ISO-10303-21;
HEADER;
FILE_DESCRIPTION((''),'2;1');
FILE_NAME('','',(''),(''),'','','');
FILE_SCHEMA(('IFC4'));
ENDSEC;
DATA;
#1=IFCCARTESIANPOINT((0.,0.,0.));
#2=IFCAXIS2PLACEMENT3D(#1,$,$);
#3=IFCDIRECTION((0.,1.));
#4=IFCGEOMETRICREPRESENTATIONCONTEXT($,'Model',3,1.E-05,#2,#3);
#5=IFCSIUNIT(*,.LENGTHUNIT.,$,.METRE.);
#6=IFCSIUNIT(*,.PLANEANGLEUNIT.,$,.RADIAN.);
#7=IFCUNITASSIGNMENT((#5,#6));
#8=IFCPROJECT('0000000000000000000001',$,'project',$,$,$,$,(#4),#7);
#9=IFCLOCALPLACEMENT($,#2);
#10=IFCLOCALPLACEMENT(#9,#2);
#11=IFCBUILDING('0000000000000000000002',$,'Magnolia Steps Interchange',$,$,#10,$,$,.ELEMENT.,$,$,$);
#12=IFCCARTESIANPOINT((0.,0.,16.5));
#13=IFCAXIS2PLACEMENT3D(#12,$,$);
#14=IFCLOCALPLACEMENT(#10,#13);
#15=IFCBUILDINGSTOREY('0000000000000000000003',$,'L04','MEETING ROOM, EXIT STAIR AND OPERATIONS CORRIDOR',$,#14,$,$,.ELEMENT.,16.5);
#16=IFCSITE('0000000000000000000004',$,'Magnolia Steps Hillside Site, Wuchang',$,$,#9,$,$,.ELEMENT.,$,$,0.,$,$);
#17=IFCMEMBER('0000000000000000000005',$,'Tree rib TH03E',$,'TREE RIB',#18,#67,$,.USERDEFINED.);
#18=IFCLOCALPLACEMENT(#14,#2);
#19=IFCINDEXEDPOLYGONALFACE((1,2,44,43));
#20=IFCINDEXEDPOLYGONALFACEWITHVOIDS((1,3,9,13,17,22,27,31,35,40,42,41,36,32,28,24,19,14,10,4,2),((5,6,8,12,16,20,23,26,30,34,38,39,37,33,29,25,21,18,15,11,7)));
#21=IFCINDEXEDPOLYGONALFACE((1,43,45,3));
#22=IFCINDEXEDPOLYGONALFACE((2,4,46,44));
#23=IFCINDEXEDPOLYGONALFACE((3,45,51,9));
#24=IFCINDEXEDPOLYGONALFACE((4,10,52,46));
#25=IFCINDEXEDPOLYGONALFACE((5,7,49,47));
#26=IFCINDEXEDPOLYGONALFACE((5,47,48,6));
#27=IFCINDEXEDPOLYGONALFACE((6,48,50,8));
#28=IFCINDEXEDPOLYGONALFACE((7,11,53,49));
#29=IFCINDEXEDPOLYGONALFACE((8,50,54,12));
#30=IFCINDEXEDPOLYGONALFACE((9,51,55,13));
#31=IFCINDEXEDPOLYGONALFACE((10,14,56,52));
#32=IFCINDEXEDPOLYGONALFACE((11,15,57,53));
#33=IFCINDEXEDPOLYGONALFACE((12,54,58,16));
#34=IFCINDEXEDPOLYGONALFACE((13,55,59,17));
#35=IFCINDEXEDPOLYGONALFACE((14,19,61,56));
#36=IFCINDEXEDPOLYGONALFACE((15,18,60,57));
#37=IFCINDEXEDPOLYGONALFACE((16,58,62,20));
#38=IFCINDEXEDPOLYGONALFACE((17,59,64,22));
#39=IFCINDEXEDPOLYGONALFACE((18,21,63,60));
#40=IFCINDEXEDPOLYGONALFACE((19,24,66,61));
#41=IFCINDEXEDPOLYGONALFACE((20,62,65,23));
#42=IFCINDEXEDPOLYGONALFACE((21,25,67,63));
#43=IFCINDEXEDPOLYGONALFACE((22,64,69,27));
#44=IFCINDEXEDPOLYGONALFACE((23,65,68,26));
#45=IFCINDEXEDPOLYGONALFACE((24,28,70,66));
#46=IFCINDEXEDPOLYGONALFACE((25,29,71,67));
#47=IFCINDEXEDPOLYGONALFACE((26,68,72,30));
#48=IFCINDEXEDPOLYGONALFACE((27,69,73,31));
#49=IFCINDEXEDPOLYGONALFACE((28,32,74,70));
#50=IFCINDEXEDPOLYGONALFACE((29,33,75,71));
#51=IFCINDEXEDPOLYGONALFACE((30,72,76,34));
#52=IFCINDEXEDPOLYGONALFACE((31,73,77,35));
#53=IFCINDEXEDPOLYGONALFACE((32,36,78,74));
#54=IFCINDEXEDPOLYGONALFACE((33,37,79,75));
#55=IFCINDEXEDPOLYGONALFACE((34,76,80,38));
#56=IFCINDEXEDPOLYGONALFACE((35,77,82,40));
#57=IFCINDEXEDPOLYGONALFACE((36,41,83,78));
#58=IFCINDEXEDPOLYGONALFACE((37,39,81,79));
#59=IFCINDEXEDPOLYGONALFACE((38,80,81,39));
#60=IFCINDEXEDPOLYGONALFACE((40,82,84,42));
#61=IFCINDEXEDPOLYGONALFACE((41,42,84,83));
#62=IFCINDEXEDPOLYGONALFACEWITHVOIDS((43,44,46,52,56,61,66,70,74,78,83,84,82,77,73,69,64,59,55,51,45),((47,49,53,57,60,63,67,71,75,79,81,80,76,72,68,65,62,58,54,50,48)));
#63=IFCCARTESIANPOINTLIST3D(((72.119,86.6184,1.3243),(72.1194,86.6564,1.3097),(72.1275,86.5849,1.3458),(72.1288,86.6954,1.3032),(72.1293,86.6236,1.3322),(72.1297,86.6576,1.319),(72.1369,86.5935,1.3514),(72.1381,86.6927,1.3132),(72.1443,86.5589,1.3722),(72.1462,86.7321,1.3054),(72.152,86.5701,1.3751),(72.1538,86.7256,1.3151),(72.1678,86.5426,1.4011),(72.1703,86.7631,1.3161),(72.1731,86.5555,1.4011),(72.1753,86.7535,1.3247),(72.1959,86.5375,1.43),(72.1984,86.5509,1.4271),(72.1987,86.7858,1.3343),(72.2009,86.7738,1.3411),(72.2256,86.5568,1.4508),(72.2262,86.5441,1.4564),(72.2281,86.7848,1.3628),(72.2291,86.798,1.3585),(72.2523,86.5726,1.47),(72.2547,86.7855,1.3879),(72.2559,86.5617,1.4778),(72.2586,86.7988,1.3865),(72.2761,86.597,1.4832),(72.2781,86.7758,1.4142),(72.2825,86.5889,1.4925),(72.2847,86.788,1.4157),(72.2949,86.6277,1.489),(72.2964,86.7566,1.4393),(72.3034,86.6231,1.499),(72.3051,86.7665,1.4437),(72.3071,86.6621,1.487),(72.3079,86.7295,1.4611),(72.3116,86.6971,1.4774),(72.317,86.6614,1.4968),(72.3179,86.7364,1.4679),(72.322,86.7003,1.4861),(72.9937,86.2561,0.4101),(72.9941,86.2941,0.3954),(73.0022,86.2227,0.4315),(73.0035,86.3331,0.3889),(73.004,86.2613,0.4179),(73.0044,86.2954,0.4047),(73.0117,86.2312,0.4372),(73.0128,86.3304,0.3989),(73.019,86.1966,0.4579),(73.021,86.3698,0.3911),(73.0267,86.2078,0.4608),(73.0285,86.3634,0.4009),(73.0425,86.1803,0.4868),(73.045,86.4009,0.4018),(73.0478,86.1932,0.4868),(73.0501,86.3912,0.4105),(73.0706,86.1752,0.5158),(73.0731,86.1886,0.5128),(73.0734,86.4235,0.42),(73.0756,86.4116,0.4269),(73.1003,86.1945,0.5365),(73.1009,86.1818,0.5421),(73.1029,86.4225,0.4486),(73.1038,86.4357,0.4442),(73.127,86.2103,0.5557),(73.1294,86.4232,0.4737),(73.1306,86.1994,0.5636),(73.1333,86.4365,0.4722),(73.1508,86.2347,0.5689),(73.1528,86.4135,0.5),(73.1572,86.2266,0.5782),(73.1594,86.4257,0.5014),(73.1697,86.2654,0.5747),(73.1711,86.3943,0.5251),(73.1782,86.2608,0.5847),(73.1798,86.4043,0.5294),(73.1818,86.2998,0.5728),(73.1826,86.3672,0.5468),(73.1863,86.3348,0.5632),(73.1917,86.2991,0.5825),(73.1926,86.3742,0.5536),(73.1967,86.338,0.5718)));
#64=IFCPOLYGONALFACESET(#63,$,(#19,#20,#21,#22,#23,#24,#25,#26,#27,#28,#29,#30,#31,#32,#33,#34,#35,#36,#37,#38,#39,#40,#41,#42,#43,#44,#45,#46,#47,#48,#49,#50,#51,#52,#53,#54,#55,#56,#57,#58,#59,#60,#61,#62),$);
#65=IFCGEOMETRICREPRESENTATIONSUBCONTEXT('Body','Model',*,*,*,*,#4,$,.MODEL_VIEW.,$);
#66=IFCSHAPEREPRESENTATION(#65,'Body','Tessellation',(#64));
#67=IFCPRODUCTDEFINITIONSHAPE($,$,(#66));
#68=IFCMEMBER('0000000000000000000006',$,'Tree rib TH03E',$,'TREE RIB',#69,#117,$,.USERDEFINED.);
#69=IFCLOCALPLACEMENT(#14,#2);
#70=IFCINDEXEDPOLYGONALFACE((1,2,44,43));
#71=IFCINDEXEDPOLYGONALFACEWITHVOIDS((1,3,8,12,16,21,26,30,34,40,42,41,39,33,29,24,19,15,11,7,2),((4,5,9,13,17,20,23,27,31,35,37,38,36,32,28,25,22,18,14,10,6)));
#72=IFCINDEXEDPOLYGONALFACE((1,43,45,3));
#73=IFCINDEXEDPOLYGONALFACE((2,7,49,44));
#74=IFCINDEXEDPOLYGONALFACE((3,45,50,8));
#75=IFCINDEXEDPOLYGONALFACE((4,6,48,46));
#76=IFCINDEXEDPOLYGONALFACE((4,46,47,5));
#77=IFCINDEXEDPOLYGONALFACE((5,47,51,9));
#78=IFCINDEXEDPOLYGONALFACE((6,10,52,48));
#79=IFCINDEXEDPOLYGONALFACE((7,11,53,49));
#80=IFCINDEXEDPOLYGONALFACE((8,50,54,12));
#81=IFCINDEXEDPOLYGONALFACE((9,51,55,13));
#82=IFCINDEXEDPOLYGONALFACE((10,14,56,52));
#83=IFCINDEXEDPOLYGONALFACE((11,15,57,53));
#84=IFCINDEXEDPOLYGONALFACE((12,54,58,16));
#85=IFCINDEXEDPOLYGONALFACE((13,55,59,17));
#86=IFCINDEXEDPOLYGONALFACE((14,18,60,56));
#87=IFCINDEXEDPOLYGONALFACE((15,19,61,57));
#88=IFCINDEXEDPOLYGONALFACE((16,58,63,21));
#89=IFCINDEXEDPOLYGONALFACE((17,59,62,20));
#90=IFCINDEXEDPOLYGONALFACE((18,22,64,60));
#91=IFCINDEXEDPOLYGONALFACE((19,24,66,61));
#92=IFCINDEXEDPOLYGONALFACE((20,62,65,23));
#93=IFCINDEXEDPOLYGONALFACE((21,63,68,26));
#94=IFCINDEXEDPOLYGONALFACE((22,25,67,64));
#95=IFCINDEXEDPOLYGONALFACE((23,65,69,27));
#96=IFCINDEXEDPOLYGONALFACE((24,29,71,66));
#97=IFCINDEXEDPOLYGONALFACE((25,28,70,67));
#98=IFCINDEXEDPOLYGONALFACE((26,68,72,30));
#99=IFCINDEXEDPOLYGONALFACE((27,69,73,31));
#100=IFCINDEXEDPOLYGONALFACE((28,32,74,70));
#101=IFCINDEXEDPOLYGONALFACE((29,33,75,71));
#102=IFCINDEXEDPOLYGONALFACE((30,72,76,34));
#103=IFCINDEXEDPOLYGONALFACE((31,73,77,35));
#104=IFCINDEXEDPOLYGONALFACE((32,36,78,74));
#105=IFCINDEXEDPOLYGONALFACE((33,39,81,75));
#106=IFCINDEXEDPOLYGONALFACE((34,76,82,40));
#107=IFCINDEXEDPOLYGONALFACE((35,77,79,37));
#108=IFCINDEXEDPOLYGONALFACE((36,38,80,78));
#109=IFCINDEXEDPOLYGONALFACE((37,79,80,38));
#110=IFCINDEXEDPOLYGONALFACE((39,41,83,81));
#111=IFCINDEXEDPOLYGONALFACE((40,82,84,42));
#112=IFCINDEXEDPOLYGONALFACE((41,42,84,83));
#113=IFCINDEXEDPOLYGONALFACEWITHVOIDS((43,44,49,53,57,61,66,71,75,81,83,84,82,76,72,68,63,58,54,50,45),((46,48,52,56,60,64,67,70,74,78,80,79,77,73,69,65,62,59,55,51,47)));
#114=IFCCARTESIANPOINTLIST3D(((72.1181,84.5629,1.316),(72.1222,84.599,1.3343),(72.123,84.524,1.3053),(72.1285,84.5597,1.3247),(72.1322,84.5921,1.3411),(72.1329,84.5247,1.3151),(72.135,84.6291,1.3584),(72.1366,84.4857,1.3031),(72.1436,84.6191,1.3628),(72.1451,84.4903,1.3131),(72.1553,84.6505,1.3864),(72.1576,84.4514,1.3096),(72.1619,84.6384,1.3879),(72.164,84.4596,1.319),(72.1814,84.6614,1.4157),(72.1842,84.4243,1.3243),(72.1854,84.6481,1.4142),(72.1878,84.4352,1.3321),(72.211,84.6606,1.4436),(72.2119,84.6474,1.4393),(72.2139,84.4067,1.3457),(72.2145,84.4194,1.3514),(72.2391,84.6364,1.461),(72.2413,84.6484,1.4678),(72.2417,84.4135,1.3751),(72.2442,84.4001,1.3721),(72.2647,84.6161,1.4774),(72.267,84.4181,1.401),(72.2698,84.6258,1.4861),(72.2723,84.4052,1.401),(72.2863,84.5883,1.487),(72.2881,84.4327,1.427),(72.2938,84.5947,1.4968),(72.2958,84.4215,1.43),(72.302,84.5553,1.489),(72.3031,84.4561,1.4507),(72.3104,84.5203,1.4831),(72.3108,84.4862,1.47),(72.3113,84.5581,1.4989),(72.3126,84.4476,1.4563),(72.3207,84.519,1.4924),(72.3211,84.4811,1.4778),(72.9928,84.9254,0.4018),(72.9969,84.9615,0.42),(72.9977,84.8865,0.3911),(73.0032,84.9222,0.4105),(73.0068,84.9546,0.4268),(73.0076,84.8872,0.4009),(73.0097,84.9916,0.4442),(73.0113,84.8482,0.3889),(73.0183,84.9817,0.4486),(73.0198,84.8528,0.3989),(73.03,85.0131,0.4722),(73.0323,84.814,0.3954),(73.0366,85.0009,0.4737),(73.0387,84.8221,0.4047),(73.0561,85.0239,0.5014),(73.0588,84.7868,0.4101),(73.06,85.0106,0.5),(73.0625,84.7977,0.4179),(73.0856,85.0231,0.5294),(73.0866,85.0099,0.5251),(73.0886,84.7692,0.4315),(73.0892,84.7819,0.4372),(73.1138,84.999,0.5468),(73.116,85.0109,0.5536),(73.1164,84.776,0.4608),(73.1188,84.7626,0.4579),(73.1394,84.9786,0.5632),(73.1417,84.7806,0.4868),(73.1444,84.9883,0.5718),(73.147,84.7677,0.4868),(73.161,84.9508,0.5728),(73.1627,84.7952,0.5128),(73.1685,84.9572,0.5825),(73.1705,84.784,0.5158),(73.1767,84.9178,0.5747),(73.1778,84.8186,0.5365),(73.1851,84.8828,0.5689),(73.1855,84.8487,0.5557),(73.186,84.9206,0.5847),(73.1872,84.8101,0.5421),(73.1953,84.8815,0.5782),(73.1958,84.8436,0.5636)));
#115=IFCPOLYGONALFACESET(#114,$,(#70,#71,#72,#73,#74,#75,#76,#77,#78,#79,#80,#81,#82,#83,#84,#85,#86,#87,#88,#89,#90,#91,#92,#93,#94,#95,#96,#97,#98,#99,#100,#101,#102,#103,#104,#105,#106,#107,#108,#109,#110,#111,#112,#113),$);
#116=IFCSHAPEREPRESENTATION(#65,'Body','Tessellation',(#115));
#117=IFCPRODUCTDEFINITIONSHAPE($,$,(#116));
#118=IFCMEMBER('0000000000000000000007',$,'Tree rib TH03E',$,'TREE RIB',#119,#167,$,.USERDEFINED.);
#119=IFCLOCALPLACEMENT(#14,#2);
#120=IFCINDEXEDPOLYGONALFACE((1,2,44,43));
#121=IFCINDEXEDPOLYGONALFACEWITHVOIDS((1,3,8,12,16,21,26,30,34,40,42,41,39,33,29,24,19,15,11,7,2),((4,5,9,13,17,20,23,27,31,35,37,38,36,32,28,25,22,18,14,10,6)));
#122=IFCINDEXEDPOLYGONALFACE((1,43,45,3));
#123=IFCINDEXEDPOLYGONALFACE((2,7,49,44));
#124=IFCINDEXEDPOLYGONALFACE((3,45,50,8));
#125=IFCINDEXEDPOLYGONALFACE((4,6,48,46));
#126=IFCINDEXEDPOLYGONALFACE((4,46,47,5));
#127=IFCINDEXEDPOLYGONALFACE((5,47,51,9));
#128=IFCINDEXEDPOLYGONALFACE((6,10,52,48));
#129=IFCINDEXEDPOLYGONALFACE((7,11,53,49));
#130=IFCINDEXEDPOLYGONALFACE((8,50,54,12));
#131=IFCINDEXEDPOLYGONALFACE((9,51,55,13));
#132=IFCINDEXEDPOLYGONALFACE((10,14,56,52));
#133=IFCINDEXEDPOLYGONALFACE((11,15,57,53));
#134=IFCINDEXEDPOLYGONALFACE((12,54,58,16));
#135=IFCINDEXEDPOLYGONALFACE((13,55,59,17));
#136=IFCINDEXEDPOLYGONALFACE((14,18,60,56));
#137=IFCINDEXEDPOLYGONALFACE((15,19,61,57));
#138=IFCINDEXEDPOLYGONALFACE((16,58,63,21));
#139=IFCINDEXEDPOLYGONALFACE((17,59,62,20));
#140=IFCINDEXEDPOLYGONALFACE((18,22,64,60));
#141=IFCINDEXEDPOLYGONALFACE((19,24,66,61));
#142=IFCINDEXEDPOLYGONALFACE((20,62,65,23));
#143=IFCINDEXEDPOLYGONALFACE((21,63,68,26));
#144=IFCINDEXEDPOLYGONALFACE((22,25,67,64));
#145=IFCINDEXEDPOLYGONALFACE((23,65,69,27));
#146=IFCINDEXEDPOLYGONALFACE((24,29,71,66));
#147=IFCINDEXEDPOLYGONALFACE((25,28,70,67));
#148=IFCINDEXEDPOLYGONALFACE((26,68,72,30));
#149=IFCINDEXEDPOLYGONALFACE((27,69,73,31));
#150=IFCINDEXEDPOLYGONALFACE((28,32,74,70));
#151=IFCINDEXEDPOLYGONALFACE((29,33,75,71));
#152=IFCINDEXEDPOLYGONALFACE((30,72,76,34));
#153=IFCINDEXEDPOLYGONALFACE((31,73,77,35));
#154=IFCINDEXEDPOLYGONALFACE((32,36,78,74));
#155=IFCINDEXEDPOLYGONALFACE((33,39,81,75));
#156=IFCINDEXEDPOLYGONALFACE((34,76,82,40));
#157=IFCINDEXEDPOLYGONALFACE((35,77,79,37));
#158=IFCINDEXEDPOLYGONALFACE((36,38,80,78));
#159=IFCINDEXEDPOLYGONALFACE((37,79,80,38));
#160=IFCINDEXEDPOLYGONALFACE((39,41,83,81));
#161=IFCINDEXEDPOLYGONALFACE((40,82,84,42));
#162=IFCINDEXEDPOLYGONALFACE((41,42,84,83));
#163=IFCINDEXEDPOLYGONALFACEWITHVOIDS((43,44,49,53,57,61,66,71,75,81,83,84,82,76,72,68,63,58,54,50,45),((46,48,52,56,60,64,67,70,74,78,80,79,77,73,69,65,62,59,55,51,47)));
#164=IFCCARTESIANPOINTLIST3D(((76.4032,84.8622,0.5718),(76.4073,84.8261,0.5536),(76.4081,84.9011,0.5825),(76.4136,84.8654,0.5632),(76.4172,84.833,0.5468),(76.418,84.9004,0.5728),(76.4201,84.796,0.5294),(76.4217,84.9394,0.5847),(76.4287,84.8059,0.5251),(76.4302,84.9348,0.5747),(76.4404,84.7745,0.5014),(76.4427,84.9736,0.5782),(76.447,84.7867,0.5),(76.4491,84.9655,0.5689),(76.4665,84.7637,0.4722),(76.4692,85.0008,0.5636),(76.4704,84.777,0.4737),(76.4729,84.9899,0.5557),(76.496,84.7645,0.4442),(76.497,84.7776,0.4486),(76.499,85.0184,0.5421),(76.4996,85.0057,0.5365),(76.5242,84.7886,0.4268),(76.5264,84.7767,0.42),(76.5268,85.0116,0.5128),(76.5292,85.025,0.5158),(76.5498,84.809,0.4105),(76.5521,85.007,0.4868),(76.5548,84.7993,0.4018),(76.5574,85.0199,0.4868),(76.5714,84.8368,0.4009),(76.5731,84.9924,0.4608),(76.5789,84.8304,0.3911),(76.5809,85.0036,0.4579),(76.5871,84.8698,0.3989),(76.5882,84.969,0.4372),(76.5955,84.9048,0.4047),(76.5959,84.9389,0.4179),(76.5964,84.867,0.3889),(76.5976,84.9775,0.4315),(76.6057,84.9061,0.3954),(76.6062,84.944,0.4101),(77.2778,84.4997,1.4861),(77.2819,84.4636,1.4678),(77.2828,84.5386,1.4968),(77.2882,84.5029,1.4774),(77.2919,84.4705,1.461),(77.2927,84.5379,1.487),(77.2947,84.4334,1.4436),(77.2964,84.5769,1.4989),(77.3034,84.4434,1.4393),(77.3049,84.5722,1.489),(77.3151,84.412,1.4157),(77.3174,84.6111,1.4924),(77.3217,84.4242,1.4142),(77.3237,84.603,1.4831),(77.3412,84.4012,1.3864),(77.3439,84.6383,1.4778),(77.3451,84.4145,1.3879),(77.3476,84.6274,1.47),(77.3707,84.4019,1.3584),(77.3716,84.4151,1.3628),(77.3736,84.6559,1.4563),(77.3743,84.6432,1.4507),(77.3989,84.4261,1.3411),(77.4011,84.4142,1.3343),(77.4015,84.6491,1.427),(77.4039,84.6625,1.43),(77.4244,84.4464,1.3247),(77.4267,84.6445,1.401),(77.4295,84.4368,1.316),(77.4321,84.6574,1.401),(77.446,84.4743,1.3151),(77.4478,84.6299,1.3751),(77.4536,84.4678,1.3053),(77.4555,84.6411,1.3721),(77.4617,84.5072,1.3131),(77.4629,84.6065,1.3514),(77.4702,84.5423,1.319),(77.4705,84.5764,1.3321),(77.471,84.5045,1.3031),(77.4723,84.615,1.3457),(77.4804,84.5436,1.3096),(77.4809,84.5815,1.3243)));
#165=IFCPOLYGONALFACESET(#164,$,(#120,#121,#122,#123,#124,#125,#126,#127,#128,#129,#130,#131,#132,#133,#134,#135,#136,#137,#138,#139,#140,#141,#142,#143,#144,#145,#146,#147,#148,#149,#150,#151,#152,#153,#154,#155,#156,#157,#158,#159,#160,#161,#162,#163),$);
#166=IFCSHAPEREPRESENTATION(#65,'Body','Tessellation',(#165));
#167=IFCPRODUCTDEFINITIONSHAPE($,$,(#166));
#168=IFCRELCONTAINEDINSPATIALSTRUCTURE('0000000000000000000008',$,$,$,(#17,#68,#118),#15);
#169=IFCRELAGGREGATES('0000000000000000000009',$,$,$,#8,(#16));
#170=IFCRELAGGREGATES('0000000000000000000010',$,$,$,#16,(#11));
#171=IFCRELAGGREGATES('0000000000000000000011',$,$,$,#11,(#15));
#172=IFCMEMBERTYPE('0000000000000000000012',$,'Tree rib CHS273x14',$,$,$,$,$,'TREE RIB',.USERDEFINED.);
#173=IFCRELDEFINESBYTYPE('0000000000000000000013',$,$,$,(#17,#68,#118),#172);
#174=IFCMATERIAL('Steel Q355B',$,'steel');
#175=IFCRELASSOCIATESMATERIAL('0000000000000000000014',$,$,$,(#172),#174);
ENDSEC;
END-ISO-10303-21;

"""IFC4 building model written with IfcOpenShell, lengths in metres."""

from ifc_helpers import new_model, si_unit, direction, frame, origin, origin_2d, place, context, subcontext, project, spatial, hollow_circle, extrude, material, material_profile, profile_set, type_object, element, save


model = new_model("IFC4")

# Units and contexts
model_context = context("Model", 3, precision=1e-05, world=origin(), true_north=direction((0.0, 1.0)))
body_context = subcontext(model_context, "Body", "Model", "MODEL_VIEW")
ifc_project = project(units=[si_unit("LENGTHUNIT", "METRE"), si_unit("PLANEANGLEUNIT", "RADIAN")], contexts=[model_context])

# Site, building, storey
site_placement = place(None, origin())
site = spatial("IfcSite", under=ifc_project, at=site_placement, Name="Magnolia Steps Hillside Site, Wuchang", CompositionType="ELEMENT", RefElevation=0.0)
building_placement = place(site_placement, origin())
building = spatial("IfcBuilding", under=site, at=building_placement, Name="Magnolia Steps Interchange", CompositionType="ELEMENT")
storey_placement = place(building_placement, frame((0.0, 0.0, 16.5)))
storey = spatial("IfcBuildingStorey", under=building, at=storey_placement, Name="L04", Description="MEETING ROOM, EXIT STAIR AND OPERATIONS CORRIDOR", CompositionType="ELEMENT", Elevation=16.5)

# Members
ifc_material_1 = material(Name="Steel Q355B", Category="steel")
ifc_material_profile_1 = material_profile(ifc_material_1, hollow_circle(Radius=0.1365, WallThickness=0.0139, at=origin_2d()), Name="CHS273x14")
ifc_profile_set_1 = profile_set([ifc_material_profile_1], Name="Steel Q355B")
member_type = type_object("IfcMemberType", Name="Tree rib CHS273x14", ElementType="TREE RIB", PredefinedType="USERDEFINED", material=ifc_profile_set_1)
for number, where, z_axis, x_axis, name in (
    (1, (73.0947, 86.3064, 0.4868), (-0.6646, 0.275263, 0.694649), (-0.382655, -0.923891, 0.0), "Tree rib TH03E"),
    (2, (73.0947, 84.8938, 0.4868), (-0.664566, -0.275434, 0.694613), (0.382876, -0.9238, 0.0), "Tree rib TH03E"),
    (3, (76.5051, 84.8938, 0.4868), (0.664566, -0.275434, 0.694613), (0.382876, 0.9238, 0.0), "Tree rib TH03E"),
):
    element("IfcMember", number, at=place(storey_placement, frame(where, z_axis=z_axis, x_axis=x_axis)), inside=storey, type_object=member_type, Name=name, ObjectType="TREE RIB", PredefinedType="USERDEFINED", context=body_context, shape_type="SweptSolid", body=[
        extrude(hollow_circle(Radius=0.1365, WallThickness=0.0139, at=origin_2d()), origin(), (0.0, 0.0, 1.0), 1.3162),
    ])

save(model, "model.ifc")
